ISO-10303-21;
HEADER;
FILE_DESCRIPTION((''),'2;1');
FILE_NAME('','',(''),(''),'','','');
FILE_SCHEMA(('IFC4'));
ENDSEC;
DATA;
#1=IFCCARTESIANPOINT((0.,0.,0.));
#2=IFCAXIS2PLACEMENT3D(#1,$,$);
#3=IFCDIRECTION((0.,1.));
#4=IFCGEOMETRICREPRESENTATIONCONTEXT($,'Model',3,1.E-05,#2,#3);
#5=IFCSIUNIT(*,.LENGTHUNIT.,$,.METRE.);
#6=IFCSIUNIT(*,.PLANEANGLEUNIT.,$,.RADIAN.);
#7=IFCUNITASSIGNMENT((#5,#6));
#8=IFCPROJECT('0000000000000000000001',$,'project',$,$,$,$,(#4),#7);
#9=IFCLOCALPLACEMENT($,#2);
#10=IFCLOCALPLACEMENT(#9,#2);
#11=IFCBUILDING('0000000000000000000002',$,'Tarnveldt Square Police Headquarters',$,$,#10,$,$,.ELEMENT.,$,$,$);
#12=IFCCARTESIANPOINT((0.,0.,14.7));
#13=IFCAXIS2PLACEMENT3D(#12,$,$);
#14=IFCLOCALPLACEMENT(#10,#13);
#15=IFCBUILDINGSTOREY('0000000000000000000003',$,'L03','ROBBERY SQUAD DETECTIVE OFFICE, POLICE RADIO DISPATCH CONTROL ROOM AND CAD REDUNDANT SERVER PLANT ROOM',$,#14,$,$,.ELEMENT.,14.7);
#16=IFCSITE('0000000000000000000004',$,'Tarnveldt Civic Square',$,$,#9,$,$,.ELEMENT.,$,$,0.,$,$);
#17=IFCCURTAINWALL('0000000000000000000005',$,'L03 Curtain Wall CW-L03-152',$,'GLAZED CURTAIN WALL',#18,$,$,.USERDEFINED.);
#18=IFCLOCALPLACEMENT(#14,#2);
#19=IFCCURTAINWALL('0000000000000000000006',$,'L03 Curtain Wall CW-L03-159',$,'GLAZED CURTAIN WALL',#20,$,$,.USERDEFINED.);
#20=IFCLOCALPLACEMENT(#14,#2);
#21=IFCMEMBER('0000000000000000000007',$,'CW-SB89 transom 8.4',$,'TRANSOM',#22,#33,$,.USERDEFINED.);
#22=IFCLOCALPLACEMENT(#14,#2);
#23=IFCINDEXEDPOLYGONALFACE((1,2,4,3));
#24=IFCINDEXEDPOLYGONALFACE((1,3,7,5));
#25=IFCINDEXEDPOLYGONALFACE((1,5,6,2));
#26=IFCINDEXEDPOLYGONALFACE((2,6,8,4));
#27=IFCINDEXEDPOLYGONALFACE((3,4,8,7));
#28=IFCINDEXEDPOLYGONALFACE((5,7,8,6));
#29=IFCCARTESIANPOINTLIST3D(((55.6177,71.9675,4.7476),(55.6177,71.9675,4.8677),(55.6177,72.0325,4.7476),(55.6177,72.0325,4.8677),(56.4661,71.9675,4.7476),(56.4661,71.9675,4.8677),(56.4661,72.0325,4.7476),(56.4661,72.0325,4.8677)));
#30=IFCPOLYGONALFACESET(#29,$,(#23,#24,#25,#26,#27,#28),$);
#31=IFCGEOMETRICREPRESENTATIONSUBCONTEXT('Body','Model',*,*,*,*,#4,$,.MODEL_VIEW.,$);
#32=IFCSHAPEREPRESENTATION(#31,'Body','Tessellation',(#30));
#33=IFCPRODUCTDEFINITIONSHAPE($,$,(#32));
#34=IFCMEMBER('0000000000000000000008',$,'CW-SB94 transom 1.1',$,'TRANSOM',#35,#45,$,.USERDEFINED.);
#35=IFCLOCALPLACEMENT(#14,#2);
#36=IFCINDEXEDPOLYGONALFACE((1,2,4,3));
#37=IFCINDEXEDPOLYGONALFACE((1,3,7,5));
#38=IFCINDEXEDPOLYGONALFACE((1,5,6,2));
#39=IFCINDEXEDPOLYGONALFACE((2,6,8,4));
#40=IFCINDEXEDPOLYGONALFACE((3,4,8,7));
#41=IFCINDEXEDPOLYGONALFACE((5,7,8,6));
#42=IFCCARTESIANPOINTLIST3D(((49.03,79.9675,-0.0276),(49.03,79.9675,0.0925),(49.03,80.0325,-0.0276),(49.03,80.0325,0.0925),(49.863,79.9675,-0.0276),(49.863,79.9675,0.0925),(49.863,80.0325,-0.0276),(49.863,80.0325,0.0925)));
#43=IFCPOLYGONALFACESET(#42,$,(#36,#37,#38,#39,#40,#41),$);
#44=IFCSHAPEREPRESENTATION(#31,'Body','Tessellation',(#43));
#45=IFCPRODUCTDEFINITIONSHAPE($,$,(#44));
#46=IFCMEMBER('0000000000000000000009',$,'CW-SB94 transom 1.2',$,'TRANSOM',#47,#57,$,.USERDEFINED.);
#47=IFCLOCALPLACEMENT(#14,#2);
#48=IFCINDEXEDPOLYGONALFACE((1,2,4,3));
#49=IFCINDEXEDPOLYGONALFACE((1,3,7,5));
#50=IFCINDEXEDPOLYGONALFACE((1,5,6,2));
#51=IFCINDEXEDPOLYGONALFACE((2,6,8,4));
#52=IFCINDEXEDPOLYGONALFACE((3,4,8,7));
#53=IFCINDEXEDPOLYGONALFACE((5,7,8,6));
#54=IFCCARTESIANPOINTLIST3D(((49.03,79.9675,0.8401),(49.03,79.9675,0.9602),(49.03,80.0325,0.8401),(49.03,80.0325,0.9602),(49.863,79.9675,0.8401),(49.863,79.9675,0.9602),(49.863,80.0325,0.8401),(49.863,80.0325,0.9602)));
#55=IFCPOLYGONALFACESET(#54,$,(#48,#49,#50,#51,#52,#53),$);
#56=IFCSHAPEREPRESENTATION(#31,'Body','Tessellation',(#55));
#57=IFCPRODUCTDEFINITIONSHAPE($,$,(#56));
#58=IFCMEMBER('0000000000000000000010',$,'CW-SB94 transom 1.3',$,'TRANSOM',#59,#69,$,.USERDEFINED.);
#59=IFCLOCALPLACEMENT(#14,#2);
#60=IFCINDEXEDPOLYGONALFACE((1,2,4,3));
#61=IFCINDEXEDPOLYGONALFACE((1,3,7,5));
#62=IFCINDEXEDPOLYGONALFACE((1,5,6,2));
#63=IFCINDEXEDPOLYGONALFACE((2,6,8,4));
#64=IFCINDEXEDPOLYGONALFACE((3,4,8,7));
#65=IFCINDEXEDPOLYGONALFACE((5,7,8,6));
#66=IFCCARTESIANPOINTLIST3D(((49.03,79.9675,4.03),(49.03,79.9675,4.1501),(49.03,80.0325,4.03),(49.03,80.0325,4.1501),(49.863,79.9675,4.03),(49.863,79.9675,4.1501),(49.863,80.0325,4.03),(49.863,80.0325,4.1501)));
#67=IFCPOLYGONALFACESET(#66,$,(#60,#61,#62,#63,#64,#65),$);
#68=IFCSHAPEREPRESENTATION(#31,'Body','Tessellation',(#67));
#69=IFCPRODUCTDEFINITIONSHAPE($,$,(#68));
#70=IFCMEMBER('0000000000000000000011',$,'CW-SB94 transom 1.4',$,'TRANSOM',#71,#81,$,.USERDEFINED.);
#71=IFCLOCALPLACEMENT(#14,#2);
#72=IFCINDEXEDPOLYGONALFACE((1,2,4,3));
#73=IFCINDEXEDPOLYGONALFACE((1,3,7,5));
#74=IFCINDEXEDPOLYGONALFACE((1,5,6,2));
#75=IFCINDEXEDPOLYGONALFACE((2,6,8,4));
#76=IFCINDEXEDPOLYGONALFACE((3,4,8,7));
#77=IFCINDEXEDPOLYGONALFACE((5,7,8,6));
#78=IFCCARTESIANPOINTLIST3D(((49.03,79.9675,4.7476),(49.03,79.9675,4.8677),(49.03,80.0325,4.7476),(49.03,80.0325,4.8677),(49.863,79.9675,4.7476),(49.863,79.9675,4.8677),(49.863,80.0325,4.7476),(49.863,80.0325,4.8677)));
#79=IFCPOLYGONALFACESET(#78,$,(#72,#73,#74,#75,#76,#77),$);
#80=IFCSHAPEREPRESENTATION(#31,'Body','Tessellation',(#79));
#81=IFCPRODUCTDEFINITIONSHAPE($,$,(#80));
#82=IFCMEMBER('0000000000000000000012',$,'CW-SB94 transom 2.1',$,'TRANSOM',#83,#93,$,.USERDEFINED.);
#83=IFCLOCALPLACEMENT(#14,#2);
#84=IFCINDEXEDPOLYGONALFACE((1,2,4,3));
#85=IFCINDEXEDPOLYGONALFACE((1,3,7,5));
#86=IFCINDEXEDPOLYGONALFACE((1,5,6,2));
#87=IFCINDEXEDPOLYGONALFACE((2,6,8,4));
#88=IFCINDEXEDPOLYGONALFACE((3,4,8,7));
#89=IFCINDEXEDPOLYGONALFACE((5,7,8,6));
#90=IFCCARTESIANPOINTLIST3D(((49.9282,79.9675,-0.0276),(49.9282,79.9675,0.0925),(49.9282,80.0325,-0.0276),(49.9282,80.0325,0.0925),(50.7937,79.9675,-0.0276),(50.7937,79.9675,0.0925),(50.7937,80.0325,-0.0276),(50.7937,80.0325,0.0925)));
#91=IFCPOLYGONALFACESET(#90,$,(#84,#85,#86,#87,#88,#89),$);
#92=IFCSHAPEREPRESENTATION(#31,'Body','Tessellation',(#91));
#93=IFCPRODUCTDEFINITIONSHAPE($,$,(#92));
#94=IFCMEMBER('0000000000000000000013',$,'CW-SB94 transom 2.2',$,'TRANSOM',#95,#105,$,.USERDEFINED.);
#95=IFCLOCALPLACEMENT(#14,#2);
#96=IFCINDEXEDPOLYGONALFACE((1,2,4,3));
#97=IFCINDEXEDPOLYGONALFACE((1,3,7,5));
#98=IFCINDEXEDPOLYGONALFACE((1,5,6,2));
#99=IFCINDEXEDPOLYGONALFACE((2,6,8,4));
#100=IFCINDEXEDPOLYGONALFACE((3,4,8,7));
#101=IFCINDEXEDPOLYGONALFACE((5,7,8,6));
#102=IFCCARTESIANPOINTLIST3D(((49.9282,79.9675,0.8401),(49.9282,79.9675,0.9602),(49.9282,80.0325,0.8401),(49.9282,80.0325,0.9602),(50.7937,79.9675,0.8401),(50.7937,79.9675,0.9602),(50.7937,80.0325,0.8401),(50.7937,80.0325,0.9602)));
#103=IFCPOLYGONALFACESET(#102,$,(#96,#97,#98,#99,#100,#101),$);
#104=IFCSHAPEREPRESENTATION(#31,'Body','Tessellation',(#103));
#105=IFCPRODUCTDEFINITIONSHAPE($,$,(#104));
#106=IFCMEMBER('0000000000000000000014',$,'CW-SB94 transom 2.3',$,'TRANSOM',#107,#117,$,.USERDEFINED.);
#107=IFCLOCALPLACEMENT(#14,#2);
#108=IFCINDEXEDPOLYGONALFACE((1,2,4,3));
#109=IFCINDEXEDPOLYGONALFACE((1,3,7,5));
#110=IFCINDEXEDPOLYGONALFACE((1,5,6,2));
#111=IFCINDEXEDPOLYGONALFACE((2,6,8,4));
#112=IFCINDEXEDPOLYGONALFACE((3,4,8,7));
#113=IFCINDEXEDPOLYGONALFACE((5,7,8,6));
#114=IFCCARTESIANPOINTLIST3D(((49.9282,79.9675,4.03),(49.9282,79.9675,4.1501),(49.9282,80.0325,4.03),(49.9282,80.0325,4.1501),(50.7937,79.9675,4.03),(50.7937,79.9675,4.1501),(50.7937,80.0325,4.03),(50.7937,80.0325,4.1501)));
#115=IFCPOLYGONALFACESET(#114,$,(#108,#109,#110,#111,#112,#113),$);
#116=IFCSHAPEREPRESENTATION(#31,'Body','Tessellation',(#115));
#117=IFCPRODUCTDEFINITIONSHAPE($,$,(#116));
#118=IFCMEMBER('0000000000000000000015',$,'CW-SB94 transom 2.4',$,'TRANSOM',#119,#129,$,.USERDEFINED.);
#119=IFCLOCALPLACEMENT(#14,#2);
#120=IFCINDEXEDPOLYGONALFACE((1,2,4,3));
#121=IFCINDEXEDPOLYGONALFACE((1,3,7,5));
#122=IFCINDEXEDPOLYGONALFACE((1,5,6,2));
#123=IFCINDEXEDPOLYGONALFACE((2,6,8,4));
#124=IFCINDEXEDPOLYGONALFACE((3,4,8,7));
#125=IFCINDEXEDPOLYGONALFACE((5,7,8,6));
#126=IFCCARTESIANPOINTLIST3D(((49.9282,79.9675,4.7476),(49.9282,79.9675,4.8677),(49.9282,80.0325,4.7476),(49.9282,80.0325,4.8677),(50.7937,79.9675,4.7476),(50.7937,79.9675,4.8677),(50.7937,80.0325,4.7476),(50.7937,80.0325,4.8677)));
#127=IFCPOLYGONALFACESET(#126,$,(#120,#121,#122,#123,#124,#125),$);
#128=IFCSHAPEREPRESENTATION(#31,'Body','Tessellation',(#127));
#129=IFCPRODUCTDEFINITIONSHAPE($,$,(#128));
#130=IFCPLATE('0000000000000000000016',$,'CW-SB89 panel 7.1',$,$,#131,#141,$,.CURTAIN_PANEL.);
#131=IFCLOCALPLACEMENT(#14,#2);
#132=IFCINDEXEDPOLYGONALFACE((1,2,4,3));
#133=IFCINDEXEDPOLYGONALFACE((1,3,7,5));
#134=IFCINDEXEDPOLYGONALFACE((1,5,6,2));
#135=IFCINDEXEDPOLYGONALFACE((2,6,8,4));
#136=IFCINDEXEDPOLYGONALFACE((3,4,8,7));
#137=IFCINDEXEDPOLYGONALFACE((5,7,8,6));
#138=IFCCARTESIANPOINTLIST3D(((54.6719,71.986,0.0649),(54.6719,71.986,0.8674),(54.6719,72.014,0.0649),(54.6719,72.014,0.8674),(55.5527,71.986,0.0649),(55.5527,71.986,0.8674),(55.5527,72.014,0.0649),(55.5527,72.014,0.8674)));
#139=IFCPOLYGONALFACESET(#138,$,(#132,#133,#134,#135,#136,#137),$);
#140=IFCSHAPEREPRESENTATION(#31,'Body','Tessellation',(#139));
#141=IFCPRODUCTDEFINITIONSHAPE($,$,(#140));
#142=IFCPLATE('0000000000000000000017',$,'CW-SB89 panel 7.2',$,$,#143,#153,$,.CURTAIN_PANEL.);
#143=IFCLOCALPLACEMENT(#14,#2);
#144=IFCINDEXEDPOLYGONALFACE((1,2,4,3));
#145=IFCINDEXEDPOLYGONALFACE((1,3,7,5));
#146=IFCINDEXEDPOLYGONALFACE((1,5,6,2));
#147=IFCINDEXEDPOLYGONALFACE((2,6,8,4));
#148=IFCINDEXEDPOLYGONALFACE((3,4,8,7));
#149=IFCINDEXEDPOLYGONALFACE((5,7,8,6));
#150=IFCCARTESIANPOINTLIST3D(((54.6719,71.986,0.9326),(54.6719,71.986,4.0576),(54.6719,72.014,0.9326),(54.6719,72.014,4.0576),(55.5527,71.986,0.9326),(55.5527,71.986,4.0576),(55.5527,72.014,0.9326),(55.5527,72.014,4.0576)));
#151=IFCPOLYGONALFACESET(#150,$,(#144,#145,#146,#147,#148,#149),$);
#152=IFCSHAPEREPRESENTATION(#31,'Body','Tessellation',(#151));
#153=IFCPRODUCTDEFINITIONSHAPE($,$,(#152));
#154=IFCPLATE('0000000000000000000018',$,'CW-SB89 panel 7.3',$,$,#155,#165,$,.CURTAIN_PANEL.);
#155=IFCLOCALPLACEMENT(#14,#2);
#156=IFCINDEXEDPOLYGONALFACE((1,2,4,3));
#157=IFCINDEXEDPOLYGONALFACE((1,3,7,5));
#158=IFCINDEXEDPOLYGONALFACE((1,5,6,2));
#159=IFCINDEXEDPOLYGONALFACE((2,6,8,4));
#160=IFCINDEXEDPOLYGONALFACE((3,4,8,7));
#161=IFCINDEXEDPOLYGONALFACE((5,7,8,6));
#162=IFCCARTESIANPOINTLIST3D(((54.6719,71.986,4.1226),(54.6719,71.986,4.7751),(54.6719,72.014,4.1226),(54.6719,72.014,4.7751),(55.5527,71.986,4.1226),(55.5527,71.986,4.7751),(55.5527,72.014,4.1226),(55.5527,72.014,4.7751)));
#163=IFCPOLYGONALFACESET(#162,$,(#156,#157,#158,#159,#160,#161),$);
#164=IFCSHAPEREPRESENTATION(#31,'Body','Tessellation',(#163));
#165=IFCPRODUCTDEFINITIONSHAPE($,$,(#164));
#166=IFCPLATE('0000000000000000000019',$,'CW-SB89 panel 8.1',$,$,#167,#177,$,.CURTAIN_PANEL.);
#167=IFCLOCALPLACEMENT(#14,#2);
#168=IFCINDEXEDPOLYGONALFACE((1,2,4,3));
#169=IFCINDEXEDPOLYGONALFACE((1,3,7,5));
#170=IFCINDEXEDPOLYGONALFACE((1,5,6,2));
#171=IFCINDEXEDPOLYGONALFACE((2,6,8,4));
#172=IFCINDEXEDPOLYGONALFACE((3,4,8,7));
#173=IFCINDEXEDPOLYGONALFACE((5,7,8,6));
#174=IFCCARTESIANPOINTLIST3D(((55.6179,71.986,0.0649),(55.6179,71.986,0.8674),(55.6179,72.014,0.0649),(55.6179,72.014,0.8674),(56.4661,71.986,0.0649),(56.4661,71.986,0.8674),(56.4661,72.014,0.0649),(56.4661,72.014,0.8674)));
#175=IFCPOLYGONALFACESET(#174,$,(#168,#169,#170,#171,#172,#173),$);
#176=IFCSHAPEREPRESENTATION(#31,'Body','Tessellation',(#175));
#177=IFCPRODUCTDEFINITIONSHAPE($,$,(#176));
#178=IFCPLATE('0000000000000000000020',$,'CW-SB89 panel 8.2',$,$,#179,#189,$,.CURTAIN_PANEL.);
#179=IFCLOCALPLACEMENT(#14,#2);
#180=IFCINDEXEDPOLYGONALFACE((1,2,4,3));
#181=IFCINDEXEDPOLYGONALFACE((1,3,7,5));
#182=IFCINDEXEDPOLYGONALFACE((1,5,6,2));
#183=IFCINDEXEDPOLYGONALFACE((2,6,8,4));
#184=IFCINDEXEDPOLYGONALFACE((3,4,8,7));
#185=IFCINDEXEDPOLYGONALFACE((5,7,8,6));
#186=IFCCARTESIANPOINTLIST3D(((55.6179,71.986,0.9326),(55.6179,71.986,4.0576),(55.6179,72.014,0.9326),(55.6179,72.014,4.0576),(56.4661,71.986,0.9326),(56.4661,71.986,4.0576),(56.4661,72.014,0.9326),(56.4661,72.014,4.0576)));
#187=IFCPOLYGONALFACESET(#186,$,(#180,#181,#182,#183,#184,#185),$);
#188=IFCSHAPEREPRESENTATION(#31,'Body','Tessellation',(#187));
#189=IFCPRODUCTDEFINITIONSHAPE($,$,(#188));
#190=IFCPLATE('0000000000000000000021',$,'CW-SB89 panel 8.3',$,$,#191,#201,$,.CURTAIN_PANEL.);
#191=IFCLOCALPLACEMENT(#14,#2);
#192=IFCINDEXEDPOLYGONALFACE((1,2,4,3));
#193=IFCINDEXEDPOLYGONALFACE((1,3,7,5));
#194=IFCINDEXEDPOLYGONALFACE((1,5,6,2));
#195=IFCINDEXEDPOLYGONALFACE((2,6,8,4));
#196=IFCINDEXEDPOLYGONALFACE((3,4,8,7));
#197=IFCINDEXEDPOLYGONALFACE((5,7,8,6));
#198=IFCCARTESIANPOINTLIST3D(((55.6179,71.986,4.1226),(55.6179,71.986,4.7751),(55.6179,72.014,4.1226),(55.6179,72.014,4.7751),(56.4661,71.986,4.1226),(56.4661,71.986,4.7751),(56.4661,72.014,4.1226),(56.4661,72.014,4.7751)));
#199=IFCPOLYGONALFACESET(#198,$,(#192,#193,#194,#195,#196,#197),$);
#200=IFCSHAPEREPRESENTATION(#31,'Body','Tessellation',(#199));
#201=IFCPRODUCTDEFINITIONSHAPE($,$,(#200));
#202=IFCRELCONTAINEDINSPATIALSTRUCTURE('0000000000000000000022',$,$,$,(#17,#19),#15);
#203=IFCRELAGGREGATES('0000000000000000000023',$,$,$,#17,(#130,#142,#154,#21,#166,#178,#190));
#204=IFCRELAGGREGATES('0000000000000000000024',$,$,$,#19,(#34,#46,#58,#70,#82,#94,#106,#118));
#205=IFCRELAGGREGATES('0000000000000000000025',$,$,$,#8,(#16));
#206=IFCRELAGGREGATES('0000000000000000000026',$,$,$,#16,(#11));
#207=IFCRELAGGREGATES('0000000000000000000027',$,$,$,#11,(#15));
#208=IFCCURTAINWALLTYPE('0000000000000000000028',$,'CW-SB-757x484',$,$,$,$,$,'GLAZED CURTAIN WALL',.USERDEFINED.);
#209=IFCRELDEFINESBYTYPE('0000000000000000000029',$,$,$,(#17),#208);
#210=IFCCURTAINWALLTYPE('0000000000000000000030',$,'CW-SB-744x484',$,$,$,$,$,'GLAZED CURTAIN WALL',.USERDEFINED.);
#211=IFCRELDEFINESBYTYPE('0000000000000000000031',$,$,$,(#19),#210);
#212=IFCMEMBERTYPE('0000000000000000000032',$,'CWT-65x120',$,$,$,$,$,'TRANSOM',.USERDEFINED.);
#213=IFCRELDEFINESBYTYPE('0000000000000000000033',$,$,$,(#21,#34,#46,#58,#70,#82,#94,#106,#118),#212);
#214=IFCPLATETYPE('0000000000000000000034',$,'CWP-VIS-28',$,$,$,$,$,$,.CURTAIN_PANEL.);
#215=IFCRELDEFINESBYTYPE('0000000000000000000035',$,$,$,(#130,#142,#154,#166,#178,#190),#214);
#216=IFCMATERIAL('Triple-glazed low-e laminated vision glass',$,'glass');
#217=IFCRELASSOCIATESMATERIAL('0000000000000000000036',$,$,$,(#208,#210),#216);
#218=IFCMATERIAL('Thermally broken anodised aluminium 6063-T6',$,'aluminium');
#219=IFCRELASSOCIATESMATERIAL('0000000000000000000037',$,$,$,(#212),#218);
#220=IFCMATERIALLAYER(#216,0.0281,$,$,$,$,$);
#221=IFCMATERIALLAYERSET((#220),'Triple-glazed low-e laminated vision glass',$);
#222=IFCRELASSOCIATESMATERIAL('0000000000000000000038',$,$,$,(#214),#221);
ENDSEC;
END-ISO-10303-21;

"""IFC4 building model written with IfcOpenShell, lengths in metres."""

from ifc_helpers import new_model, si_unit, direction, frame, origin, origin_2d, place, context, subcontext, project, spatial, rectangle, extrude, material, layer, layer_set, material_profile, profile_set, type_object, element, aggregate, save


model = new_model("IFC4")

# Units and contexts
model_context = context("Model", 3, precision=1e-05, world=origin(), true_north=direction((0.0, 1.0)))
body_context = subcontext(model_context, "Body", "Model", "MODEL_VIEW")
ifc_project = project(units=[si_unit("LENGTHUNIT", "METRE"), si_unit("PLANEANGLEUNIT", "RADIAN")], contexts=[model_context])

# Site, building, storey
site_placement = place(None, origin())
site = spatial("IfcSite", under=ifc_project, at=site_placement, Name="Tarnveldt Civic Square", CompositionType="ELEMENT", RefElevation=0.0)
building_placement = place(site_placement, origin())
building = spatial("IfcBuilding", under=site, at=building_placement, Name="Tarnveldt Square Police Headquarters", CompositionType="ELEMENT")
storey_placement = place(building_placement, frame((0.0, 0.0, 14.7)))
storey = spatial("IfcBuildingStorey", under=building, at=storey_placement, Name="L03", Description="ROBBERY SQUAD DETECTIVE OFFICE, POLICE RADIO DISPATCH CONTROL ROOM AND CAD REDUNDANT SERVER PLANT ROOM", CompositionType="ELEMENT", Elevation=14.7)

# Curtain walls
ifc_material_1 = material(Name="Triple-glazed low-e laminated vision glass", Category="glass")
curtain_wall_type_1 = type_object("IfcCurtainWallType", Name="CW-SB-757x484", ElementType="GLAZED CURTAIN WALL", PredefinedType="USERDEFINED", material=ifc_material_1)
curtain_wall_1_placement = place(storey_placement, origin())
curtain_wall_1 = element("IfcCurtainWall", 1, at=curtain_wall_1_placement, inside=storey, type_object=curtain_wall_type_1, Name="L03 Curtain Wall CW-L03-152", ObjectType="GLAZED CURTAIN WALL", PredefinedType="USERDEFINED")
ifc_material_2 = material(Name="Thermally broken anodised aluminium 6063-T6", Category="aluminium")
curtain_wall_type_2 = type_object("IfcCurtainWallType", Name="CW-SB-744x484", ElementType="GLAZED CURTAIN WALL", PredefinedType="USERDEFINED", material=ifc_material_1)
curtain_wall_2_placement = place(storey_placement, origin())
curtain_wall_2 = element("IfcCurtainWall", 2, at=curtain_wall_2_placement, inside=storey, type_object=curtain_wall_type_2, Name="L03 Curtain Wall CW-L03-159", ObjectType="GLAZED CURTAIN WALL", PredefinedType="USERDEFINED")

# Members
ifc_material_profile_1 = material_profile(ifc_material_2, rectangle(XDim=0.0649, YDim=0.1201, at=origin_2d()), Name="CW-T65x120")
ifc_profile_set_1 = profile_set([ifc_material_profile_1], Name="Thermally broken anodised aluminium 6063-T6")
member_type_1 = type_object("IfcMemberType", Name="CWT-65x120", ElementType="TRANSOM", PredefinedType="USERDEFINED", material=ifc_profile_set_1)
member_1_placement = place(storey_placement, frame((55.6177, 72.0, 4.8076), z_axis=(1.0, 0.0, 0.0), x_axis=(0.0, 1.0, 0.0)))
member_1 = element("IfcMember", 3, at=member_1_placement, type_object=member_type_1, Name="CW-SB89 transom 8.4", ObjectType="TRANSOM", PredefinedType="USERDEFINED", context=body_context, shape_type="SweptSolid", body=[
    extrude(rectangle(XDim=0.0649, YDim=0.1201, at=origin_2d()), origin(), (0.0, 0.0, 1.0), 0.8484),
])
member_2_placement = place(storey_placement, frame((49.03, 80.0, 0.0325), z_axis=(1.0, 0.0, 0.0), x_axis=(0.0, 1.0, 0.0)))
member_2 = element("IfcMember", 4, at=member_2_placement, type_object=member_type_1, Name="CW-SB94 transom 1.1", ObjectType="TRANSOM", PredefinedType="USERDEFINED", context=body_context, shape_type="SweptSolid", body=[
    extrude(rectangle(XDim=0.0649, YDim=0.1201, at=origin_2d()), origin(), (0.0, 0.0, 1.0), 0.833),
])
member_3_placement = place(storey_placement, frame((49.03, 80.0, 0.9001), z_axis=(1.0, 0.0, 0.0), x_axis=(0.0, 1.0, 0.0)))
member_3 = element("IfcMember", 5, at=member_3_placement, type_object=member_type_1, Name="CW-SB94 transom 1.2", ObjectType="TRANSOM", PredefinedType="USERDEFINED", context=body_context, shape_type="SweptSolid", body=[
    extrude(rectangle(XDim=0.0649, YDim=0.1201, at=origin_2d()), origin(), (0.0, 0.0, 1.0), 0.833),
])
member_4_placement = place(storey_placement, frame((49.03, 80.0, 4.0901), z_axis=(1.0, 0.0, 0.0), x_axis=(0.0, 1.0, 0.0)))
member_4 = element("IfcMember", 6, at=member_4_placement, type_object=member_type_1, Name="CW-SB94 transom 1.3", ObjectType="TRANSOM", PredefinedType="USERDEFINED", context=body_context, shape_type="SweptSolid", body=[
    extrude(rectangle(XDim=0.0649, YDim=0.1201, at=origin_2d()), origin(), (0.0, 0.0, 1.0), 0.833),
])
member_5_placement = place(storey_placement, frame((49.03, 80.0, 4.8076), z_axis=(1.0, 0.0, 0.0), x_axis=(0.0, 1.0, 0.0)))
member_5 = element("IfcMember", 7, at=member_5_placement, type_object=member_type_1, Name="CW-SB94 transom 1.4", ObjectType="TRANSOM", PredefinedType="USERDEFINED", context=body_context, shape_type="SweptSolid", body=[
    extrude(rectangle(XDim=0.0649, YDim=0.1201, at=origin_2d()), origin(), (0.0, 0.0, 1.0), 0.833),
])
member_6_placement = place(storey_placement, frame((49.9282, 80.0, 0.0325), z_axis=(1.0, 0.0, 0.0), x_axis=(0.0, 1.0, 0.0)))
member_6 = element("IfcMember", 8, at=member_6_placement, type_object=member_type_1, Name="CW-SB94 transom 2.1", ObjectType="TRANSOM", PredefinedType="USERDEFINED", context=body_context, shape_type="SweptSolid", body=[
    extrude(rectangle(XDim=0.0649, YDim=0.1201, at=origin_2d()), origin(), (0.0, 0.0, 1.0), 0.8655),
])
member_7_placement = place(storey_placement, frame((49.9282, 80.0, 0.9001), z_axis=(1.0, 0.0, 0.0), x_axis=(0.0, 1.0, 0.0)))
member_7 = element("IfcMember", 9, at=member_7_placement, type_object=member_type_1, Name="CW-SB94 transom 2.2", ObjectType="TRANSOM", PredefinedType="USERDEFINED", context=body_context, shape_type="SweptSolid", body=[
    extrude(rectangle(XDim=0.0649, YDim=0.1201, at=origin_2d()), origin(), (0.0, 0.0, 1.0), 0.8655),
])
member_8_placement = place(storey_placement, frame((49.9282, 80.0, 4.0901), z_axis=(1.0, 0.0, 0.0), x_axis=(0.0, 1.0, 0.0)))
member_8 = element("IfcMember", 10, at=member_8_placement, type_object=member_type_1, Name="CW-SB94 transom 2.3", ObjectType="TRANSOM", PredefinedType="USERDEFINED", context=body_context, shape_type="SweptSolid", body=[
    extrude(rectangle(XDim=0.0649, YDim=0.1201, at=origin_2d()), origin(), (0.0, 0.0, 1.0), 0.8655),
])
member_9_placement = place(storey_placement, frame((49.9282, 80.0, 4.8076), z_axis=(1.0, 0.0, 0.0), x_axis=(0.0, 1.0, 0.0)))
member_9 = element("IfcMember", 11, at=member_9_placement, type_object=member_type_1, Name="CW-SB94 transom 2.4", ObjectType="TRANSOM", PredefinedType="USERDEFINED", context=body_context, shape_type="SweptSolid", body=[
    extrude(rectangle(XDim=0.0649, YDim=0.1201, at=origin_2d()), origin(), (0.0, 0.0, 1.0), 0.8655),
])

# Plates
ifc_layer = layer(ifc_material_1, 0.0281)
ifc_layer_set = layer_set([ifc_layer], Name="Triple-glazed low-e laminated vision glass")
plate_type = type_object("IfcPlateType", Name="CWP-VIS-28", PredefinedType="CURTAIN_PANEL", material=ifc_layer_set)
plate_1_placement = place(storey_placement, frame((55.1123, 72.0, 0.0649), z_axis=(0.0, 0.0, 1.0), x_axis=(1.0, 0.0, 0.0)))
plate_1 = element("IfcPlate", 12, at=plate_1_placement, type_object=plate_type, Name="CW-SB89 panel 7.1", PredefinedType="CURTAIN_PANEL", context=body_context, shape_type="SweptSolid", body=[
    extrude(rectangle(XDim=0.8809, YDim=0.0281, at=origin_2d()), origin(), (0.0, 0.0, 1.0), 0.8025),
])
plate_2_placement = place(storey_placement, frame((55.1123, 72.0, 0.9326), z_axis=(0.0, 0.0, 1.0), x_axis=(1.0, 0.0, 0.0)))
plate_2 = element("IfcPlate", 13, at=plate_2_placement, type_object=plate_type, Name="CW-SB89 panel 7.2", PredefinedType="CURTAIN_PANEL", context=body_context, shape_type="SweptSolid", body=[
    extrude(rectangle(XDim=0.8809, YDim=0.0281, at=origin_2d()), origin(), (0.0, 0.0, 1.0), 3.125),
])
plate_3_placement = place(storey_placement, frame((55.1123, 72.0, 4.1226), z_axis=(0.0, 0.0, 1.0), x_axis=(1.0, 0.0, 0.0)))
plate_3 = element("IfcPlate", 14, at=plate_3_placement, type_object=plate_type, Name="CW-SB89 panel 7.3", PredefinedType="CURTAIN_PANEL", context=body_context, shape_type="SweptSolid", body=[
    extrude(rectangle(XDim=0.8809, YDim=0.0281, at=origin_2d()), origin(), (0.0, 0.0, 1.0), 0.6526),
])
plate_4_placement = place(storey_placement, frame((56.042, 72.0, 0.0649), z_axis=(0.0, 0.0, 1.0), x_axis=(1.0, 0.0, 0.0)))
plate_4 = element("IfcPlate", 15, at=plate_4_placement, type_object=plate_type, Name="CW-SB89 panel 8.1", PredefinedType="CURTAIN_PANEL", context=body_context, shape_type="SweptSolid", body=[
    extrude(rectangle(XDim=0.8481, YDim=0.0281, at=origin_2d()), origin(), (0.0, 0.0, 1.0), 0.8025),
])
plate_5_placement = place(storey_placement, frame((56.042, 72.0, 0.9326), z_axis=(0.0, 0.0, 1.0), x_axis=(1.0, 0.0, 0.0)))
plate_5 = element("IfcPlate", 16, at=plate_5_placement, type_object=plate_type, Name="CW-SB89 panel 8.2", PredefinedType="CURTAIN_PANEL", context=body_context, shape_type="SweptSolid", body=[
    extrude(rectangle(XDim=0.8481, YDim=0.0281, at=origin_2d()), origin(), (0.0, 0.0, 1.0), 3.125),
])
plate_6_placement = place(storey_placement, frame((56.042, 72.0, 4.1226), z_axis=(0.0, 0.0, 1.0), x_axis=(1.0, 0.0, 0.0)))
plate_6 = element("IfcPlate", 17, at=plate_6_placement, type_object=plate_type, Name="CW-SB89 panel 8.3", PredefinedType="CURTAIN_PANEL", context=body_context, shape_type="SweptSolid", body=[
    extrude(rectangle(XDim=0.8481, YDim=0.0281, at=origin_2d()), origin(), (0.0, 0.0, 1.0), 0.6526),
])
aggregate(curtain_wall_1, [plate_1, plate_2, plate_3, member_1, plate_4, plate_5, plate_6])
aggregate(curtain_wall_2, [member_2, member_3, member_4, member_5, member_6, member_7, member_8, member_9])

save(model, "model.ifc")
